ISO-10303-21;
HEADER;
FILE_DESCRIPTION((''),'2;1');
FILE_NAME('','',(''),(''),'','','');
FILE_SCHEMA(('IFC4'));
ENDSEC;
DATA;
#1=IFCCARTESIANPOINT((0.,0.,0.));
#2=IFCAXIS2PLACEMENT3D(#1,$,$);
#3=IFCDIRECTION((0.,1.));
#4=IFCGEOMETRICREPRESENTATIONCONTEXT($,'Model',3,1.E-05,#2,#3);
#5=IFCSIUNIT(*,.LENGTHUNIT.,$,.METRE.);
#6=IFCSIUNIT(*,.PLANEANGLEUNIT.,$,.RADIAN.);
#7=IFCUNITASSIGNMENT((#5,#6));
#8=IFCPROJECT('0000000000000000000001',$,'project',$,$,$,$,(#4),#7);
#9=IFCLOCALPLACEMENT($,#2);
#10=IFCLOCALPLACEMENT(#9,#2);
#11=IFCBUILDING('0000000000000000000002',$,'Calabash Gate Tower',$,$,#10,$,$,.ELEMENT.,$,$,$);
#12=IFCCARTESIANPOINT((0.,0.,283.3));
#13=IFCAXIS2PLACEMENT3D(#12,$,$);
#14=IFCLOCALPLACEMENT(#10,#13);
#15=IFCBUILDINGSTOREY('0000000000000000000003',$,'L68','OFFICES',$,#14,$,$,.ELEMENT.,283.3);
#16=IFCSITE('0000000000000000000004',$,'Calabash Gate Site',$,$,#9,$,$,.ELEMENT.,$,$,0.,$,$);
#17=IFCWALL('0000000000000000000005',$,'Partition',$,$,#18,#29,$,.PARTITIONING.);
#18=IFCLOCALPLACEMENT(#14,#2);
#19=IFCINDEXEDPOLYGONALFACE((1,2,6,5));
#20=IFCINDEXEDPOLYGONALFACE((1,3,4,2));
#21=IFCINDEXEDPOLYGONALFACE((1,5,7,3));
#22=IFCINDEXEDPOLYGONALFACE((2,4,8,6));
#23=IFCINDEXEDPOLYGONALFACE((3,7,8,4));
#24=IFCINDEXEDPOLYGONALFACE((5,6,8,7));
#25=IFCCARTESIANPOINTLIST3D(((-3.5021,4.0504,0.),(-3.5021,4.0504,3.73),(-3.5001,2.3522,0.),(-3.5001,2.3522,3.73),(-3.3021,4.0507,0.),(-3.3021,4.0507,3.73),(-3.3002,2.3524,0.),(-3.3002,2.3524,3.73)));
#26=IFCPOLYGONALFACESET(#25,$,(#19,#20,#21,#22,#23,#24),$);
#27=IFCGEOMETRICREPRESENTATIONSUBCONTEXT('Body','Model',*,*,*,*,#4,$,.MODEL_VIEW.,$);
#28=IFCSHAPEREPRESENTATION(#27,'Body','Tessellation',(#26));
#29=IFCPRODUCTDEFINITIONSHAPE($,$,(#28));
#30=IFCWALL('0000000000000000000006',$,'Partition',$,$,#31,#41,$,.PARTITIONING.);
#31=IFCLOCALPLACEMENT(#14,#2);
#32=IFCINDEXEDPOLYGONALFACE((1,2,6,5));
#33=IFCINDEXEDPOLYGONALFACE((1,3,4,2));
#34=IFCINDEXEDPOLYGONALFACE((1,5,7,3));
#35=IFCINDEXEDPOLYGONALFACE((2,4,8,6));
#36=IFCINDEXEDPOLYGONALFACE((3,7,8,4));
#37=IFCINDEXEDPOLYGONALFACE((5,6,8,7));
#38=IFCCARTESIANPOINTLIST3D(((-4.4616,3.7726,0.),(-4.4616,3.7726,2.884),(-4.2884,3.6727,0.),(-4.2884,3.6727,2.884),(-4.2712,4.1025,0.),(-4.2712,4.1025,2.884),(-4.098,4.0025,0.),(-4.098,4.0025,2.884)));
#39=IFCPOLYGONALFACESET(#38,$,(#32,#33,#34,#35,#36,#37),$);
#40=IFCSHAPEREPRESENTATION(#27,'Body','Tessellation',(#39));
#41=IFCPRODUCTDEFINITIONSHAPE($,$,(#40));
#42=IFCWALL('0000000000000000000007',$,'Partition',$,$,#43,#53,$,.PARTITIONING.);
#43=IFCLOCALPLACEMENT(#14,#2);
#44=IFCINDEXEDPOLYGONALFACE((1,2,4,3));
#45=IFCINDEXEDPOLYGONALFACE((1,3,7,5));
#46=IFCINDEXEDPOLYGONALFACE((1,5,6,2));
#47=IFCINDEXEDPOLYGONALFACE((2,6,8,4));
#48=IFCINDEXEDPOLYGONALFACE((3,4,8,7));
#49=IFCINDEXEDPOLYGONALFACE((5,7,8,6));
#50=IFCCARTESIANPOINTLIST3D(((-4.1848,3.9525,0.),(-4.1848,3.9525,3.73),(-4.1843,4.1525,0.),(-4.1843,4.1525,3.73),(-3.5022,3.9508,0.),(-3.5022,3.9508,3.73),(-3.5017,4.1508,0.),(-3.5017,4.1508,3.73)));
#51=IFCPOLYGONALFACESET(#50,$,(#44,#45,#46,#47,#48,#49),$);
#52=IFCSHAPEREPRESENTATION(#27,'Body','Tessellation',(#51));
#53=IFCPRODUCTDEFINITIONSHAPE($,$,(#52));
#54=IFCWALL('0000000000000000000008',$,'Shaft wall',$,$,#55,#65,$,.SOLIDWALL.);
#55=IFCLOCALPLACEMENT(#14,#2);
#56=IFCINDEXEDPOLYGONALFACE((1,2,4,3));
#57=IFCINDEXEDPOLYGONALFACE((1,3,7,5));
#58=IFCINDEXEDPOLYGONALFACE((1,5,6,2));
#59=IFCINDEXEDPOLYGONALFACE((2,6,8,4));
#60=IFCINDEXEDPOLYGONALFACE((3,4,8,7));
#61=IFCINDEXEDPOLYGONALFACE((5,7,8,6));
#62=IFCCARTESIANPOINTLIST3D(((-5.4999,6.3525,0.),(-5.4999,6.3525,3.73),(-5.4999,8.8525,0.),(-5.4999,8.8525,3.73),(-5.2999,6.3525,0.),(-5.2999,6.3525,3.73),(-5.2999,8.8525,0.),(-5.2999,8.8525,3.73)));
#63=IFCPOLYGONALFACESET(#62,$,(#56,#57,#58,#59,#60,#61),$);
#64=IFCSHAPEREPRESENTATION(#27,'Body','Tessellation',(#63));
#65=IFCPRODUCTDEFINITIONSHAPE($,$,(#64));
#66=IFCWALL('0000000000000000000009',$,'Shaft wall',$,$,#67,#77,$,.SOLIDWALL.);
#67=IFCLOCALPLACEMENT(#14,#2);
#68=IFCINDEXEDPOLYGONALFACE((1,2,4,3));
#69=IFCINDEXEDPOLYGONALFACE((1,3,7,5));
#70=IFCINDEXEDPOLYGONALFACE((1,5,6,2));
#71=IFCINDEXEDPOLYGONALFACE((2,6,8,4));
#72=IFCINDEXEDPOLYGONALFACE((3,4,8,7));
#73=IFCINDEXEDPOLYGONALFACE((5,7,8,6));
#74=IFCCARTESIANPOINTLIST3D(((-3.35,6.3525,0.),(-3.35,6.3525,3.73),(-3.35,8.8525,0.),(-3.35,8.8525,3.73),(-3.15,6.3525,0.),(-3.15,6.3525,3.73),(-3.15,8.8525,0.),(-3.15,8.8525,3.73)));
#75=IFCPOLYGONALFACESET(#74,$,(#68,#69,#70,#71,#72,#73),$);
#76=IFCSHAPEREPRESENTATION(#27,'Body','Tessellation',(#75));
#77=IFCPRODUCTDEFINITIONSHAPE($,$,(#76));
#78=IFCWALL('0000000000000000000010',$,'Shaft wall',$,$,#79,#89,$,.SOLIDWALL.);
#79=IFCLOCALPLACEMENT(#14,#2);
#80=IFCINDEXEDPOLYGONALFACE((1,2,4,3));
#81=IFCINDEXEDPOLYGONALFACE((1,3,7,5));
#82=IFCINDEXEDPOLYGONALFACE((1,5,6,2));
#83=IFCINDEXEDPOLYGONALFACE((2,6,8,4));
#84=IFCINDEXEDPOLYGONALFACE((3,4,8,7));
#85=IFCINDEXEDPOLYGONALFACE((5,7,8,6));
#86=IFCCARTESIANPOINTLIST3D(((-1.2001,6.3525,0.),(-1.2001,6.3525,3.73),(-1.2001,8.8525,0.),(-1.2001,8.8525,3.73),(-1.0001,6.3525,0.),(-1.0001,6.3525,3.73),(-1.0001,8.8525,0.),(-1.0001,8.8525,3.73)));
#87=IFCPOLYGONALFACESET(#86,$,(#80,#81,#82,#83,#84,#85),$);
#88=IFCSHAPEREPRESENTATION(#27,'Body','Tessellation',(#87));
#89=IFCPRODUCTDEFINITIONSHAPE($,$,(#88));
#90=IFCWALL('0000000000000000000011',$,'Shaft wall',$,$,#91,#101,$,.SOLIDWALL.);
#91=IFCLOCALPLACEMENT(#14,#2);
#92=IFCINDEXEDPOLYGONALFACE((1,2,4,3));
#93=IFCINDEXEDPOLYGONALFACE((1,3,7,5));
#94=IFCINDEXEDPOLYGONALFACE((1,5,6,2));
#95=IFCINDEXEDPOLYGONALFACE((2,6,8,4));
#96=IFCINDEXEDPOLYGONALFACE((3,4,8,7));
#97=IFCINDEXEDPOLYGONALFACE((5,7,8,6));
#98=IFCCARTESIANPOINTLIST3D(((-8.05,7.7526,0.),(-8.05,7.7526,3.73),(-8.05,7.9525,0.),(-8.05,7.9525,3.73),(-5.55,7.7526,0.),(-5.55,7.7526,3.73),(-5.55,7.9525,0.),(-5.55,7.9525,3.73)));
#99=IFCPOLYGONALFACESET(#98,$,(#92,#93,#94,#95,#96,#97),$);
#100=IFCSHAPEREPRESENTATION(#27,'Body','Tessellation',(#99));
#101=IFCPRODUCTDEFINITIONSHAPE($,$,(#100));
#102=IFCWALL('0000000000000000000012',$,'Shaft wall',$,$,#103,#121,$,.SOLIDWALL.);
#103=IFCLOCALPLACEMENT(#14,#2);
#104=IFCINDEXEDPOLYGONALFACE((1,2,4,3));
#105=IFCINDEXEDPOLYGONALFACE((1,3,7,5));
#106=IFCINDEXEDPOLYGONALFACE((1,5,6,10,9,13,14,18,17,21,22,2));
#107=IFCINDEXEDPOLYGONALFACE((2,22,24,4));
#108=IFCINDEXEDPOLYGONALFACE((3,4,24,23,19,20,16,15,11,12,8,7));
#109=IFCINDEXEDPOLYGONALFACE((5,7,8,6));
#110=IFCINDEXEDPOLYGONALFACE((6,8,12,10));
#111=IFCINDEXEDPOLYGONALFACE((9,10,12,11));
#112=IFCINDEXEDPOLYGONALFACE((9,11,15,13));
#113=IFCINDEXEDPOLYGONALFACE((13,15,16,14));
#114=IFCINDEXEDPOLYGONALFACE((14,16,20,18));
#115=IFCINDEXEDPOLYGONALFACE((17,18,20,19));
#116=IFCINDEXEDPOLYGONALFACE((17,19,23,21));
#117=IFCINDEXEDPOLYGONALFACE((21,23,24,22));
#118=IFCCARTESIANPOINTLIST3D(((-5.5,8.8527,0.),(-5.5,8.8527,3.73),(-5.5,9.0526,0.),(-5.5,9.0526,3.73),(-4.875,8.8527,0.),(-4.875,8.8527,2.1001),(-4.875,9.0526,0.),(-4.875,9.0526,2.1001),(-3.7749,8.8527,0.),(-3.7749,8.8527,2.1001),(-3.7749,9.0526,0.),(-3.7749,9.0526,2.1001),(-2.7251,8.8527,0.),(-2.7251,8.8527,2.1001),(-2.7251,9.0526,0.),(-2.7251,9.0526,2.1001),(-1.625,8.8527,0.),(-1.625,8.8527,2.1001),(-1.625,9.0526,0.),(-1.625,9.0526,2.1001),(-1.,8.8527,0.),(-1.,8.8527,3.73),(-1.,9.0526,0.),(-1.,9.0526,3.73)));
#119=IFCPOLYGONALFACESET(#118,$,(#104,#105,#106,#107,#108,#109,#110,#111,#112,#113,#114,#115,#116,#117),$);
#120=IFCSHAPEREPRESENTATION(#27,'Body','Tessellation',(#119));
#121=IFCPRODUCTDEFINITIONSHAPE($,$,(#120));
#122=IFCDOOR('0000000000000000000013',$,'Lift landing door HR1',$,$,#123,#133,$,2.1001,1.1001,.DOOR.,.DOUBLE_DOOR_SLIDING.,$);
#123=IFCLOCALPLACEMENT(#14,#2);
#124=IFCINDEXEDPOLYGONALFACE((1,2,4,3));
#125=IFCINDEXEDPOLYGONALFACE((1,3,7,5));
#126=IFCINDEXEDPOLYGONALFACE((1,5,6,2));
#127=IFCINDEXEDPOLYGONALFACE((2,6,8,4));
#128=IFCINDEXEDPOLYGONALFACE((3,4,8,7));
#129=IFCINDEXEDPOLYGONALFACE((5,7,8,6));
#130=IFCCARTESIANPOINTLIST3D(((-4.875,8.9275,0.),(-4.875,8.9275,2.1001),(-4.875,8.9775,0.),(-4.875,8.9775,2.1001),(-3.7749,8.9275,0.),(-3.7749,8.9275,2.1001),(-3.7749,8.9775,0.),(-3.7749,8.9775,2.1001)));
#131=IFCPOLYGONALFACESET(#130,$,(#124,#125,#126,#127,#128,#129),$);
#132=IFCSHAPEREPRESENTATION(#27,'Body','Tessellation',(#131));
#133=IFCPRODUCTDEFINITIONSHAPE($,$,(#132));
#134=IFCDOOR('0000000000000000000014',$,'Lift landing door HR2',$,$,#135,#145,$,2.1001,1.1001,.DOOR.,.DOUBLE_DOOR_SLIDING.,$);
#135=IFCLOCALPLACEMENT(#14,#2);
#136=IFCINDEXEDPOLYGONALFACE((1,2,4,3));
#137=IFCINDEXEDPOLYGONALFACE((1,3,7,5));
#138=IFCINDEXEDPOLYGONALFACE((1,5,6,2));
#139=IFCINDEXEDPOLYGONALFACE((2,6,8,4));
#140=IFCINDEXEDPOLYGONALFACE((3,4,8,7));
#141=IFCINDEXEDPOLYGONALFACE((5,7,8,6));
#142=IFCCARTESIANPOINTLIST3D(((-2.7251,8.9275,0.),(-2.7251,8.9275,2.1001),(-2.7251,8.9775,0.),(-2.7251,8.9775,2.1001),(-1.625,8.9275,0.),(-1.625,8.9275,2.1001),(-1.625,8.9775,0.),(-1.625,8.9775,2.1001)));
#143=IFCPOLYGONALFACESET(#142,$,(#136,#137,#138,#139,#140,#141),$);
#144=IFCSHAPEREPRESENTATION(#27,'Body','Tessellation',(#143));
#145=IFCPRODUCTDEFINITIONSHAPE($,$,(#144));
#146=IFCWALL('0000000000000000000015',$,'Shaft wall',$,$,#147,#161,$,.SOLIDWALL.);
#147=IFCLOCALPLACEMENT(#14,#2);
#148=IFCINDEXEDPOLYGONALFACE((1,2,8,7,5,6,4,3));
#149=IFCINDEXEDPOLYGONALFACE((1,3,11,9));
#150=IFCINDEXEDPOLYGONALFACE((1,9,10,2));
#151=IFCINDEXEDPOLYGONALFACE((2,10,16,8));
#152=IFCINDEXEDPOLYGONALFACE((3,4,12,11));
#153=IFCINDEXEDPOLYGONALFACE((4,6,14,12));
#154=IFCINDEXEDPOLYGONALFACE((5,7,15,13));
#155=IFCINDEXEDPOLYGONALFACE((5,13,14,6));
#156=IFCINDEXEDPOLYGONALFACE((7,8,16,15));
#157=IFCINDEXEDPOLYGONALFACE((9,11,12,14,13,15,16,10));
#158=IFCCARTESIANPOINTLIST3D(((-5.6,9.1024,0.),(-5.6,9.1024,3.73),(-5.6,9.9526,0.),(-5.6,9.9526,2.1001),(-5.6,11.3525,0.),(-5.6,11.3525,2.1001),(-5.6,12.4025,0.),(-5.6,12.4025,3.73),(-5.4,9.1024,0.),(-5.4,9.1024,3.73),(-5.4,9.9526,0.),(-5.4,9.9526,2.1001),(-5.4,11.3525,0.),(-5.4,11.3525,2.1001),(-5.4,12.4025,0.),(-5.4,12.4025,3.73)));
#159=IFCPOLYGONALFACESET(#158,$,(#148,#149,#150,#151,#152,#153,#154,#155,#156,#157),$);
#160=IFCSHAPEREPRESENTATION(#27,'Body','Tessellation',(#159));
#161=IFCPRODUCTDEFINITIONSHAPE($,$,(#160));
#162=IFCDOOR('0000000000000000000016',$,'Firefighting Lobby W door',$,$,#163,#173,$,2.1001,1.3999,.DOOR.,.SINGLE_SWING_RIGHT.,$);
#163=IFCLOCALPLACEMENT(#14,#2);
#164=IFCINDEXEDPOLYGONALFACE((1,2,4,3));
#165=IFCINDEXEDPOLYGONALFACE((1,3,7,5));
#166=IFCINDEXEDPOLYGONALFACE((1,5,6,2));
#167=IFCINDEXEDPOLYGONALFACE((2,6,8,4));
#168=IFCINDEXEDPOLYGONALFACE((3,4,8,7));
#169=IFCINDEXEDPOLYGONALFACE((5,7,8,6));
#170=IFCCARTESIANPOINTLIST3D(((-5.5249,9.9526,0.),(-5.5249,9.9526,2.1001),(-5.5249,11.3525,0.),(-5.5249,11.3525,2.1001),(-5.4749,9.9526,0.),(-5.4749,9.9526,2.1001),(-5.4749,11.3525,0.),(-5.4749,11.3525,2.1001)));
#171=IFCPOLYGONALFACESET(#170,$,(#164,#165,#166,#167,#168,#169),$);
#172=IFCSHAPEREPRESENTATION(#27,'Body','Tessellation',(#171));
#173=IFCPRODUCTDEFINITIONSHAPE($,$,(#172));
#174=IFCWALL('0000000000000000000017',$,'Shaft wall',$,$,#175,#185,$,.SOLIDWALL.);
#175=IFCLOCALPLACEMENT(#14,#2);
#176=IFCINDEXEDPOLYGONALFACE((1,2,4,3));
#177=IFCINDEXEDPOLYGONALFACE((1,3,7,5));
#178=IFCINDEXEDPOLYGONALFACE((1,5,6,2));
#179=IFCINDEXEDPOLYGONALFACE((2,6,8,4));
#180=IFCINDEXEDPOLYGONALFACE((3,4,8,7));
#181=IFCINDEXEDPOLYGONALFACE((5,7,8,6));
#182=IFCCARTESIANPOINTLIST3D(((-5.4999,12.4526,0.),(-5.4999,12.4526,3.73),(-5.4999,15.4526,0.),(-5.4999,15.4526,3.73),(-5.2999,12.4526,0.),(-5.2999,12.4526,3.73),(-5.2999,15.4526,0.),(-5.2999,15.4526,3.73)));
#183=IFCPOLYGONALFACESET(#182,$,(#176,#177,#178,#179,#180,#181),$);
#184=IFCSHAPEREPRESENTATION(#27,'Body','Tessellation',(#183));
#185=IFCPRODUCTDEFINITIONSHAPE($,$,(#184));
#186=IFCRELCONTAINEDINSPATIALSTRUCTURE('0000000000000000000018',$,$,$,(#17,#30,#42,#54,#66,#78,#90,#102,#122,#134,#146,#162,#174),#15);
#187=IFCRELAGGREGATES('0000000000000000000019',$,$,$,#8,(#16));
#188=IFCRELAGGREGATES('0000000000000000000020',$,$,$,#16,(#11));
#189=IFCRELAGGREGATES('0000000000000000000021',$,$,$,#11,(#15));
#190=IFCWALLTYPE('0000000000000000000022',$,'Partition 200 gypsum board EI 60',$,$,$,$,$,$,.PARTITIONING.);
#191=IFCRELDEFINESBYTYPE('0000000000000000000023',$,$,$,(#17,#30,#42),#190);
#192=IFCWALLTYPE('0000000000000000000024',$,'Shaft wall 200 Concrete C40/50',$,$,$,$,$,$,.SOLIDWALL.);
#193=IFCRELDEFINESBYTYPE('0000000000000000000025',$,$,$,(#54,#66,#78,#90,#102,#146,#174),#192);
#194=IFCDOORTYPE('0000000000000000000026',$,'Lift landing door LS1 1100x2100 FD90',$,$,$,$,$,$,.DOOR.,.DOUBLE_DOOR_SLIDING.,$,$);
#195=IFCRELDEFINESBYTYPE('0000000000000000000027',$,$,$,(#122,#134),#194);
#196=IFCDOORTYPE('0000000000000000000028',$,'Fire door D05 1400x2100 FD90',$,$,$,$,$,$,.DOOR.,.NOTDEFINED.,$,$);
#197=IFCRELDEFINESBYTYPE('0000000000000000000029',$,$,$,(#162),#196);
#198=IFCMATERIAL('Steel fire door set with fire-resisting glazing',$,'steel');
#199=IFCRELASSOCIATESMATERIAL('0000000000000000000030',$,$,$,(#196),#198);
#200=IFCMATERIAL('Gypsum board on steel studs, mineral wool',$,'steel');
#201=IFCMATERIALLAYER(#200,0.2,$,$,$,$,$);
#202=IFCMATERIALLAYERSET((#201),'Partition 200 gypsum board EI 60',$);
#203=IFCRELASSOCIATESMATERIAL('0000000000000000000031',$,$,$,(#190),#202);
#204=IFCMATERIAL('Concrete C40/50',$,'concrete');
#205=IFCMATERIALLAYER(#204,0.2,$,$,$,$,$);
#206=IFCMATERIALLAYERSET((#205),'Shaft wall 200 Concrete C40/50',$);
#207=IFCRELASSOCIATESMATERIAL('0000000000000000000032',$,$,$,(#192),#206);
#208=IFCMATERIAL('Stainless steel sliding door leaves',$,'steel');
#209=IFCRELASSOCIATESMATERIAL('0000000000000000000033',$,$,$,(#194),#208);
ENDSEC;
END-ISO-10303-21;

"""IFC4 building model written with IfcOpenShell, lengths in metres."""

from ifc_helpers import new_model, si_unit, direction, frame, frame_2d, origin, place, context, subcontext, project, spatial, rectangle, extrude, material, layer, layer_set, type_object, element, fill, save


model = new_model("IFC4")

# Units and contexts
model_context = context("Model", 3, precision=1e-05, world=origin(), true_north=direction((0.0, 1.0)))
body_context = subcontext(model_context, "Body", "Model", "MODEL_VIEW")
ifc_project = project(units=[si_unit("LENGTHUNIT", "METRE"), si_unit("PLANEANGLEUNIT", "RADIAN")], contexts=[model_context])

# Site, building, storey
site_placement = place(None, origin())
site = spatial("IfcSite", under=ifc_project, at=site_placement, Name="Calabash Gate Site", CompositionType="ELEMENT", RefElevation=0.0)
building_placement = place(site_placement, origin())
building = spatial("IfcBuilding", under=site, at=building_placement, Name="Calabash Gate Tower", CompositionType="ELEMENT")
storey_placement = place(building_placement, frame((0.0, 0.0, 283.3)))
storey = spatial("IfcBuildingStorey", under=building, at=storey_placement, Name="L68", Description="OFFICES", CompositionType="ELEMENT", Elevation=283.3)

# Shared definitions
ifc_material_1 = material(Name="Steel fire door set with fire-resisting glazing", Category="steel")
door_type_1 = type_object("IfcDoorType", Name="Fire door D05 1400x2100 FD90", OperationType="NOTDEFINED", PredefinedType="DOOR", material=ifc_material_1)

# Walls
ifc_material_2 = material(Name="Gypsum board on steel studs, mineral wool", Category="steel")
ifc_layer_1 = layer(ifc_material_2, 0.2)
ifc_layer_set_1 = layer_set([ifc_layer_1], Name="Partition 200 gypsum board EI 60")
wall_type_1 = type_object("IfcWallType", Name="Partition 200 gypsum board EI 60", PredefinedType="PARTITIONING", material=ifc_layer_set_1)
wall_1_placement = place(storey_placement, frame((-3.4021, 4.0505, 0.0), z_axis=(0.0, 0.0, 1.0), x_axis=(0.00115, -0.999999, 0.0)))
element("IfcWall", 1, at=wall_1_placement, inside=storey, type_object=wall_type_1, Name="Partition", PredefinedType="PARTITIONING", context=body_context, shape_type="SweptSolid", body=[
    extrude(rectangle(XDim=1.6982, YDim=0.2, at=frame_2d((0.8491, 0.0))), origin(), (0.0, 0.0, 1.0), 3.73),
])
wall_2_placement = place(storey_placement, frame((-4.375, 3.7227, 0.0), z_axis=(0.0, 0.0, 1.0), x_axis=(0.5, 0.866025, 0.0)))
element("IfcWall", 2, at=wall_2_placement, inside=storey, type_object=wall_type_1, Name="Partition", PredefinedType="PARTITIONING", context=body_context, shape_type="SweptSolid", body=[
    extrude(rectangle(XDim=0.3809, YDim=0.2, at=frame_2d((0.1904, 0.0))), origin(), (0.0, 0.0, 1.0), 2.884),
])
wall_3_placement = place(storey_placement, frame((-4.1846, 4.0525, 0.0), z_axis=(0.0, 0.0, 1.0), x_axis=(0.999997, -0.002504, 0.0)))
element("IfcWall", 3, at=wall_3_placement, inside=storey, type_object=wall_type_1, Name="Partition", PredefinedType="PARTITIONING", context=body_context, shape_type="SweptSolid", body=[
    extrude(rectangle(XDim=0.6826, YDim=0.2, at=frame_2d((0.3413, 0.0))), origin(), (0.0, 0.0, 1.0), 3.73),
])
ifc_material_3 = material(Name="Concrete C40/50", Category="concrete")
ifc_layer_2 = layer(ifc_material_3, 0.2)
ifc_layer_set_2 = layer_set([ifc_layer_2], Name="Shaft wall 200 Concrete C40/50")
wall_type_2 = type_object("IfcWallType", Name="Shaft wall 200 Concrete C40/50", PredefinedType="SOLIDWALL", material=ifc_layer_set_2)
for number, where, z_axis, x_axis, name in (
    (4, (-5.3999, 6.3525, 0.0), (0.0, 0.0, 1.0), (0.0, 1.0, 0.0), "Shaft wall"),
    (5, (-3.25, 6.3525, 0.0), (0.0, 0.0, 1.0), (0.0, 1.0, 0.0), "Shaft wall"),
    (6, (-1.1001, 6.3525, 0.0), (0.0, 0.0, 1.0), (0.0, 1.0, 0.0), "Shaft wall"),
    (7, (-8.05, 7.8525, 0.0), (0.0, 0.0, 1.0), (1.0, 0.0, 0.0), "Shaft wall"),
):
    element("IfcWall", number, at=place(storey_placement, frame(where, z_axis=z_axis, x_axis=x_axis)), inside=storey, type_object=wall_type_2, Name=name, PredefinedType="SOLIDWALL", context=body_context, shape_type="SweptSolid", body=[
        extrude(rectangle(XDim=2.5, YDim=0.2, at=frame_2d((1.25, 0.0))), origin(), (0.0, 0.0, 1.0), 3.73),
    ])

# Wall, openings, doors
wall_4_placement = place(storey_placement, frame((-5.5, 8.9526, 0.0), z_axis=(0.0, 0.0, 1.0), x_axis=(1.0, 0.0, 0.0)))
wall_4 = element("IfcWall", 8, at=wall_4_placement, inside=storey, type_object=wall_type_2, Name="Shaft wall", PredefinedType="SOLIDWALL", context=body_context, shape_type="SweptSolid", body=[
    extrude(rectangle(XDim=4.5, YDim=0.2, at=frame_2d((2.25, 0.0))), origin(), (0.0, 0.0, 1.0), 3.73),
])
opening_1_placement = place(wall_4_placement, frame((0.625, 0.0, 0.0)))
opening_1 = element("IfcOpeningElement", 9, at=opening_1_placement, cuts=wall_4, PredefinedType="OPENING", context=body_context, shape_type="SweptSolid", body=[
    extrude(rectangle(XDim=1.1001, YDim=2.1001, at=frame_2d((0.55, 1.05))), frame((0.0, 0.1099, 0.0), z_axis=(0.0, -1.0, 0.0), x_axis=(1.0, 0.0, 0.0)), (0.0, 0.0, 1.0), 0.22),
])
opening_2_placement = place(wall_4_placement, frame((2.7749, 0.0, 0.0)))
opening_2 = element("IfcOpeningElement", 10, at=opening_2_placement, cuts=wall_4, PredefinedType="OPENING", context=body_context, shape_type="SweptSolid", body=[
    extrude(rectangle(XDim=1.1001, YDim=2.1001, at=frame_2d((0.55, 1.05))), frame((0.0, 0.1099, 0.0), z_axis=(0.0, -1.0, 0.0), x_axis=(1.0, 0.0, 0.0)), (0.0, 0.0, 1.0), 0.22),
])
ifc_material_4 = material(Name="Stainless steel sliding door leaves", Category="steel")
door_type_2 = type_object("IfcDoorType", Name="Lift landing door LS1 1100x2100 FD90", OperationType="DOUBLE_DOOR_SLIDING", PredefinedType="DOOR", material=ifc_material_4)
door_1_placement = place(opening_1_placement, origin())
door_1 = element("IfcDoor", 11, at=door_1_placement, inside=storey, type_object=door_type_2, Name="Lift landing door HR1", OperationType="DOUBLE_DOOR_SLIDING", OverallHeight=2.1001, OverallWidth=1.1001, PredefinedType="DOOR", context=body_context, shape_type="SweptSolid", body=[
    extrude(rectangle(XDim=1.1001, YDim=2.1001, at=frame_2d((0.55, 1.05))), frame((0.0, 0.0249, 0.0), z_axis=(0.0, -1.0, 0.0), x_axis=(1.0, 0.0, 0.0)), (0.0, 0.0, 1.0), 0.05),
])
fill(opening_1, door_1)
door_2_placement = place(opening_2_placement, origin())
door_2 = element("IfcDoor", 12, at=door_2_placement, inside=storey, type_object=door_type_2, Name="Lift landing door HR2", OperationType="DOUBLE_DOOR_SLIDING", OverallHeight=2.1001, OverallWidth=1.1001, PredefinedType="DOOR", context=body_context, shape_type="SweptSolid", body=[
    extrude(rectangle(XDim=1.1001, YDim=2.1001, at=frame_2d((0.55, 1.05))), frame((0.0, 0.0249, 0.0), z_axis=(0.0, -1.0, 0.0), x_axis=(1.0, 0.0, 0.0)), (0.0, 0.0, 1.0), 0.05),
])
fill(opening_2, door_2)

# Wall, opening, door
wall_5_placement = place(storey_placement, frame((-5.5, 9.1025, 0.0), z_axis=(0.0, 0.0, 1.0), x_axis=(0.0, 1.0, 0.0)))
wall_5 = element("IfcWall", 13, at=wall_5_placement, inside=storey, type_object=wall_type_2, Name="Shaft wall", PredefinedType="SOLIDWALL", context=body_context, shape_type="SweptSolid", body=[
    extrude(rectangle(XDim=3.3, YDim=0.2, at=frame_2d((1.6499, 0.0))), origin(), (0.0, 0.0, 1.0), 3.73),
])
opening_3_placement = place(wall_5_placement, frame((0.8501, 0.0, 0.0)))
opening_3 = element("IfcOpeningElement", 14, at=opening_3_placement, cuts=wall_5, PredefinedType="OPENING", context=body_context, shape_type="SweptSolid", body=[
    extrude(rectangle(XDim=1.3999, YDim=2.1001, at=frame_2d((0.7, 1.05))), frame((0.0, 0.1099, 0.0), z_axis=(0.0, -1.0, 0.0), x_axis=(1.0, 0.0, 0.0)), (0.0, 0.0, 1.0), 0.22),
])
door_3_placement = place(opening_3_placement, origin())
door_3 = element("IfcDoor", 15, at=door_3_placement, inside=storey, type_object=door_type_1, Name="Firefighting Lobby W door", OperationType="SINGLE_SWING_RIGHT", OverallHeight=2.1001, OverallWidth=1.3999, PredefinedType="DOOR", context=body_context, shape_type="SweptSolid", body=[
    extrude(rectangle(XDim=1.3999, YDim=2.1001, at=frame_2d((0.7, 1.05))), frame((0.0, 0.0249, 0.0), z_axis=(0.0, -1.0, 0.0), x_axis=(1.0, 0.0, 0.0)), (0.0, 0.0, 1.0), 0.05),
])
fill(opening_3, door_3)

# Wall
wall_6_placement = place(storey_placement, frame((-5.3999, 12.4526, 0.0), z_axis=(0.0, 0.0, 1.0), x_axis=(0.0, 1.0, 0.0)))
element("IfcWall", 16, at=wall_6_placement, inside=storey, type_object=wall_type_2, Name="Shaft wall", PredefinedType="SOLIDWALL", context=body_context, shape_type="SweptSolid", body=[
    extrude(rectangle(XDim=3.0, YDim=0.2, at=frame_2d((1.5, 0.0))), origin(), (0.0, 0.0, 1.0), 3.73),
])

save(model, "model.ifc")
